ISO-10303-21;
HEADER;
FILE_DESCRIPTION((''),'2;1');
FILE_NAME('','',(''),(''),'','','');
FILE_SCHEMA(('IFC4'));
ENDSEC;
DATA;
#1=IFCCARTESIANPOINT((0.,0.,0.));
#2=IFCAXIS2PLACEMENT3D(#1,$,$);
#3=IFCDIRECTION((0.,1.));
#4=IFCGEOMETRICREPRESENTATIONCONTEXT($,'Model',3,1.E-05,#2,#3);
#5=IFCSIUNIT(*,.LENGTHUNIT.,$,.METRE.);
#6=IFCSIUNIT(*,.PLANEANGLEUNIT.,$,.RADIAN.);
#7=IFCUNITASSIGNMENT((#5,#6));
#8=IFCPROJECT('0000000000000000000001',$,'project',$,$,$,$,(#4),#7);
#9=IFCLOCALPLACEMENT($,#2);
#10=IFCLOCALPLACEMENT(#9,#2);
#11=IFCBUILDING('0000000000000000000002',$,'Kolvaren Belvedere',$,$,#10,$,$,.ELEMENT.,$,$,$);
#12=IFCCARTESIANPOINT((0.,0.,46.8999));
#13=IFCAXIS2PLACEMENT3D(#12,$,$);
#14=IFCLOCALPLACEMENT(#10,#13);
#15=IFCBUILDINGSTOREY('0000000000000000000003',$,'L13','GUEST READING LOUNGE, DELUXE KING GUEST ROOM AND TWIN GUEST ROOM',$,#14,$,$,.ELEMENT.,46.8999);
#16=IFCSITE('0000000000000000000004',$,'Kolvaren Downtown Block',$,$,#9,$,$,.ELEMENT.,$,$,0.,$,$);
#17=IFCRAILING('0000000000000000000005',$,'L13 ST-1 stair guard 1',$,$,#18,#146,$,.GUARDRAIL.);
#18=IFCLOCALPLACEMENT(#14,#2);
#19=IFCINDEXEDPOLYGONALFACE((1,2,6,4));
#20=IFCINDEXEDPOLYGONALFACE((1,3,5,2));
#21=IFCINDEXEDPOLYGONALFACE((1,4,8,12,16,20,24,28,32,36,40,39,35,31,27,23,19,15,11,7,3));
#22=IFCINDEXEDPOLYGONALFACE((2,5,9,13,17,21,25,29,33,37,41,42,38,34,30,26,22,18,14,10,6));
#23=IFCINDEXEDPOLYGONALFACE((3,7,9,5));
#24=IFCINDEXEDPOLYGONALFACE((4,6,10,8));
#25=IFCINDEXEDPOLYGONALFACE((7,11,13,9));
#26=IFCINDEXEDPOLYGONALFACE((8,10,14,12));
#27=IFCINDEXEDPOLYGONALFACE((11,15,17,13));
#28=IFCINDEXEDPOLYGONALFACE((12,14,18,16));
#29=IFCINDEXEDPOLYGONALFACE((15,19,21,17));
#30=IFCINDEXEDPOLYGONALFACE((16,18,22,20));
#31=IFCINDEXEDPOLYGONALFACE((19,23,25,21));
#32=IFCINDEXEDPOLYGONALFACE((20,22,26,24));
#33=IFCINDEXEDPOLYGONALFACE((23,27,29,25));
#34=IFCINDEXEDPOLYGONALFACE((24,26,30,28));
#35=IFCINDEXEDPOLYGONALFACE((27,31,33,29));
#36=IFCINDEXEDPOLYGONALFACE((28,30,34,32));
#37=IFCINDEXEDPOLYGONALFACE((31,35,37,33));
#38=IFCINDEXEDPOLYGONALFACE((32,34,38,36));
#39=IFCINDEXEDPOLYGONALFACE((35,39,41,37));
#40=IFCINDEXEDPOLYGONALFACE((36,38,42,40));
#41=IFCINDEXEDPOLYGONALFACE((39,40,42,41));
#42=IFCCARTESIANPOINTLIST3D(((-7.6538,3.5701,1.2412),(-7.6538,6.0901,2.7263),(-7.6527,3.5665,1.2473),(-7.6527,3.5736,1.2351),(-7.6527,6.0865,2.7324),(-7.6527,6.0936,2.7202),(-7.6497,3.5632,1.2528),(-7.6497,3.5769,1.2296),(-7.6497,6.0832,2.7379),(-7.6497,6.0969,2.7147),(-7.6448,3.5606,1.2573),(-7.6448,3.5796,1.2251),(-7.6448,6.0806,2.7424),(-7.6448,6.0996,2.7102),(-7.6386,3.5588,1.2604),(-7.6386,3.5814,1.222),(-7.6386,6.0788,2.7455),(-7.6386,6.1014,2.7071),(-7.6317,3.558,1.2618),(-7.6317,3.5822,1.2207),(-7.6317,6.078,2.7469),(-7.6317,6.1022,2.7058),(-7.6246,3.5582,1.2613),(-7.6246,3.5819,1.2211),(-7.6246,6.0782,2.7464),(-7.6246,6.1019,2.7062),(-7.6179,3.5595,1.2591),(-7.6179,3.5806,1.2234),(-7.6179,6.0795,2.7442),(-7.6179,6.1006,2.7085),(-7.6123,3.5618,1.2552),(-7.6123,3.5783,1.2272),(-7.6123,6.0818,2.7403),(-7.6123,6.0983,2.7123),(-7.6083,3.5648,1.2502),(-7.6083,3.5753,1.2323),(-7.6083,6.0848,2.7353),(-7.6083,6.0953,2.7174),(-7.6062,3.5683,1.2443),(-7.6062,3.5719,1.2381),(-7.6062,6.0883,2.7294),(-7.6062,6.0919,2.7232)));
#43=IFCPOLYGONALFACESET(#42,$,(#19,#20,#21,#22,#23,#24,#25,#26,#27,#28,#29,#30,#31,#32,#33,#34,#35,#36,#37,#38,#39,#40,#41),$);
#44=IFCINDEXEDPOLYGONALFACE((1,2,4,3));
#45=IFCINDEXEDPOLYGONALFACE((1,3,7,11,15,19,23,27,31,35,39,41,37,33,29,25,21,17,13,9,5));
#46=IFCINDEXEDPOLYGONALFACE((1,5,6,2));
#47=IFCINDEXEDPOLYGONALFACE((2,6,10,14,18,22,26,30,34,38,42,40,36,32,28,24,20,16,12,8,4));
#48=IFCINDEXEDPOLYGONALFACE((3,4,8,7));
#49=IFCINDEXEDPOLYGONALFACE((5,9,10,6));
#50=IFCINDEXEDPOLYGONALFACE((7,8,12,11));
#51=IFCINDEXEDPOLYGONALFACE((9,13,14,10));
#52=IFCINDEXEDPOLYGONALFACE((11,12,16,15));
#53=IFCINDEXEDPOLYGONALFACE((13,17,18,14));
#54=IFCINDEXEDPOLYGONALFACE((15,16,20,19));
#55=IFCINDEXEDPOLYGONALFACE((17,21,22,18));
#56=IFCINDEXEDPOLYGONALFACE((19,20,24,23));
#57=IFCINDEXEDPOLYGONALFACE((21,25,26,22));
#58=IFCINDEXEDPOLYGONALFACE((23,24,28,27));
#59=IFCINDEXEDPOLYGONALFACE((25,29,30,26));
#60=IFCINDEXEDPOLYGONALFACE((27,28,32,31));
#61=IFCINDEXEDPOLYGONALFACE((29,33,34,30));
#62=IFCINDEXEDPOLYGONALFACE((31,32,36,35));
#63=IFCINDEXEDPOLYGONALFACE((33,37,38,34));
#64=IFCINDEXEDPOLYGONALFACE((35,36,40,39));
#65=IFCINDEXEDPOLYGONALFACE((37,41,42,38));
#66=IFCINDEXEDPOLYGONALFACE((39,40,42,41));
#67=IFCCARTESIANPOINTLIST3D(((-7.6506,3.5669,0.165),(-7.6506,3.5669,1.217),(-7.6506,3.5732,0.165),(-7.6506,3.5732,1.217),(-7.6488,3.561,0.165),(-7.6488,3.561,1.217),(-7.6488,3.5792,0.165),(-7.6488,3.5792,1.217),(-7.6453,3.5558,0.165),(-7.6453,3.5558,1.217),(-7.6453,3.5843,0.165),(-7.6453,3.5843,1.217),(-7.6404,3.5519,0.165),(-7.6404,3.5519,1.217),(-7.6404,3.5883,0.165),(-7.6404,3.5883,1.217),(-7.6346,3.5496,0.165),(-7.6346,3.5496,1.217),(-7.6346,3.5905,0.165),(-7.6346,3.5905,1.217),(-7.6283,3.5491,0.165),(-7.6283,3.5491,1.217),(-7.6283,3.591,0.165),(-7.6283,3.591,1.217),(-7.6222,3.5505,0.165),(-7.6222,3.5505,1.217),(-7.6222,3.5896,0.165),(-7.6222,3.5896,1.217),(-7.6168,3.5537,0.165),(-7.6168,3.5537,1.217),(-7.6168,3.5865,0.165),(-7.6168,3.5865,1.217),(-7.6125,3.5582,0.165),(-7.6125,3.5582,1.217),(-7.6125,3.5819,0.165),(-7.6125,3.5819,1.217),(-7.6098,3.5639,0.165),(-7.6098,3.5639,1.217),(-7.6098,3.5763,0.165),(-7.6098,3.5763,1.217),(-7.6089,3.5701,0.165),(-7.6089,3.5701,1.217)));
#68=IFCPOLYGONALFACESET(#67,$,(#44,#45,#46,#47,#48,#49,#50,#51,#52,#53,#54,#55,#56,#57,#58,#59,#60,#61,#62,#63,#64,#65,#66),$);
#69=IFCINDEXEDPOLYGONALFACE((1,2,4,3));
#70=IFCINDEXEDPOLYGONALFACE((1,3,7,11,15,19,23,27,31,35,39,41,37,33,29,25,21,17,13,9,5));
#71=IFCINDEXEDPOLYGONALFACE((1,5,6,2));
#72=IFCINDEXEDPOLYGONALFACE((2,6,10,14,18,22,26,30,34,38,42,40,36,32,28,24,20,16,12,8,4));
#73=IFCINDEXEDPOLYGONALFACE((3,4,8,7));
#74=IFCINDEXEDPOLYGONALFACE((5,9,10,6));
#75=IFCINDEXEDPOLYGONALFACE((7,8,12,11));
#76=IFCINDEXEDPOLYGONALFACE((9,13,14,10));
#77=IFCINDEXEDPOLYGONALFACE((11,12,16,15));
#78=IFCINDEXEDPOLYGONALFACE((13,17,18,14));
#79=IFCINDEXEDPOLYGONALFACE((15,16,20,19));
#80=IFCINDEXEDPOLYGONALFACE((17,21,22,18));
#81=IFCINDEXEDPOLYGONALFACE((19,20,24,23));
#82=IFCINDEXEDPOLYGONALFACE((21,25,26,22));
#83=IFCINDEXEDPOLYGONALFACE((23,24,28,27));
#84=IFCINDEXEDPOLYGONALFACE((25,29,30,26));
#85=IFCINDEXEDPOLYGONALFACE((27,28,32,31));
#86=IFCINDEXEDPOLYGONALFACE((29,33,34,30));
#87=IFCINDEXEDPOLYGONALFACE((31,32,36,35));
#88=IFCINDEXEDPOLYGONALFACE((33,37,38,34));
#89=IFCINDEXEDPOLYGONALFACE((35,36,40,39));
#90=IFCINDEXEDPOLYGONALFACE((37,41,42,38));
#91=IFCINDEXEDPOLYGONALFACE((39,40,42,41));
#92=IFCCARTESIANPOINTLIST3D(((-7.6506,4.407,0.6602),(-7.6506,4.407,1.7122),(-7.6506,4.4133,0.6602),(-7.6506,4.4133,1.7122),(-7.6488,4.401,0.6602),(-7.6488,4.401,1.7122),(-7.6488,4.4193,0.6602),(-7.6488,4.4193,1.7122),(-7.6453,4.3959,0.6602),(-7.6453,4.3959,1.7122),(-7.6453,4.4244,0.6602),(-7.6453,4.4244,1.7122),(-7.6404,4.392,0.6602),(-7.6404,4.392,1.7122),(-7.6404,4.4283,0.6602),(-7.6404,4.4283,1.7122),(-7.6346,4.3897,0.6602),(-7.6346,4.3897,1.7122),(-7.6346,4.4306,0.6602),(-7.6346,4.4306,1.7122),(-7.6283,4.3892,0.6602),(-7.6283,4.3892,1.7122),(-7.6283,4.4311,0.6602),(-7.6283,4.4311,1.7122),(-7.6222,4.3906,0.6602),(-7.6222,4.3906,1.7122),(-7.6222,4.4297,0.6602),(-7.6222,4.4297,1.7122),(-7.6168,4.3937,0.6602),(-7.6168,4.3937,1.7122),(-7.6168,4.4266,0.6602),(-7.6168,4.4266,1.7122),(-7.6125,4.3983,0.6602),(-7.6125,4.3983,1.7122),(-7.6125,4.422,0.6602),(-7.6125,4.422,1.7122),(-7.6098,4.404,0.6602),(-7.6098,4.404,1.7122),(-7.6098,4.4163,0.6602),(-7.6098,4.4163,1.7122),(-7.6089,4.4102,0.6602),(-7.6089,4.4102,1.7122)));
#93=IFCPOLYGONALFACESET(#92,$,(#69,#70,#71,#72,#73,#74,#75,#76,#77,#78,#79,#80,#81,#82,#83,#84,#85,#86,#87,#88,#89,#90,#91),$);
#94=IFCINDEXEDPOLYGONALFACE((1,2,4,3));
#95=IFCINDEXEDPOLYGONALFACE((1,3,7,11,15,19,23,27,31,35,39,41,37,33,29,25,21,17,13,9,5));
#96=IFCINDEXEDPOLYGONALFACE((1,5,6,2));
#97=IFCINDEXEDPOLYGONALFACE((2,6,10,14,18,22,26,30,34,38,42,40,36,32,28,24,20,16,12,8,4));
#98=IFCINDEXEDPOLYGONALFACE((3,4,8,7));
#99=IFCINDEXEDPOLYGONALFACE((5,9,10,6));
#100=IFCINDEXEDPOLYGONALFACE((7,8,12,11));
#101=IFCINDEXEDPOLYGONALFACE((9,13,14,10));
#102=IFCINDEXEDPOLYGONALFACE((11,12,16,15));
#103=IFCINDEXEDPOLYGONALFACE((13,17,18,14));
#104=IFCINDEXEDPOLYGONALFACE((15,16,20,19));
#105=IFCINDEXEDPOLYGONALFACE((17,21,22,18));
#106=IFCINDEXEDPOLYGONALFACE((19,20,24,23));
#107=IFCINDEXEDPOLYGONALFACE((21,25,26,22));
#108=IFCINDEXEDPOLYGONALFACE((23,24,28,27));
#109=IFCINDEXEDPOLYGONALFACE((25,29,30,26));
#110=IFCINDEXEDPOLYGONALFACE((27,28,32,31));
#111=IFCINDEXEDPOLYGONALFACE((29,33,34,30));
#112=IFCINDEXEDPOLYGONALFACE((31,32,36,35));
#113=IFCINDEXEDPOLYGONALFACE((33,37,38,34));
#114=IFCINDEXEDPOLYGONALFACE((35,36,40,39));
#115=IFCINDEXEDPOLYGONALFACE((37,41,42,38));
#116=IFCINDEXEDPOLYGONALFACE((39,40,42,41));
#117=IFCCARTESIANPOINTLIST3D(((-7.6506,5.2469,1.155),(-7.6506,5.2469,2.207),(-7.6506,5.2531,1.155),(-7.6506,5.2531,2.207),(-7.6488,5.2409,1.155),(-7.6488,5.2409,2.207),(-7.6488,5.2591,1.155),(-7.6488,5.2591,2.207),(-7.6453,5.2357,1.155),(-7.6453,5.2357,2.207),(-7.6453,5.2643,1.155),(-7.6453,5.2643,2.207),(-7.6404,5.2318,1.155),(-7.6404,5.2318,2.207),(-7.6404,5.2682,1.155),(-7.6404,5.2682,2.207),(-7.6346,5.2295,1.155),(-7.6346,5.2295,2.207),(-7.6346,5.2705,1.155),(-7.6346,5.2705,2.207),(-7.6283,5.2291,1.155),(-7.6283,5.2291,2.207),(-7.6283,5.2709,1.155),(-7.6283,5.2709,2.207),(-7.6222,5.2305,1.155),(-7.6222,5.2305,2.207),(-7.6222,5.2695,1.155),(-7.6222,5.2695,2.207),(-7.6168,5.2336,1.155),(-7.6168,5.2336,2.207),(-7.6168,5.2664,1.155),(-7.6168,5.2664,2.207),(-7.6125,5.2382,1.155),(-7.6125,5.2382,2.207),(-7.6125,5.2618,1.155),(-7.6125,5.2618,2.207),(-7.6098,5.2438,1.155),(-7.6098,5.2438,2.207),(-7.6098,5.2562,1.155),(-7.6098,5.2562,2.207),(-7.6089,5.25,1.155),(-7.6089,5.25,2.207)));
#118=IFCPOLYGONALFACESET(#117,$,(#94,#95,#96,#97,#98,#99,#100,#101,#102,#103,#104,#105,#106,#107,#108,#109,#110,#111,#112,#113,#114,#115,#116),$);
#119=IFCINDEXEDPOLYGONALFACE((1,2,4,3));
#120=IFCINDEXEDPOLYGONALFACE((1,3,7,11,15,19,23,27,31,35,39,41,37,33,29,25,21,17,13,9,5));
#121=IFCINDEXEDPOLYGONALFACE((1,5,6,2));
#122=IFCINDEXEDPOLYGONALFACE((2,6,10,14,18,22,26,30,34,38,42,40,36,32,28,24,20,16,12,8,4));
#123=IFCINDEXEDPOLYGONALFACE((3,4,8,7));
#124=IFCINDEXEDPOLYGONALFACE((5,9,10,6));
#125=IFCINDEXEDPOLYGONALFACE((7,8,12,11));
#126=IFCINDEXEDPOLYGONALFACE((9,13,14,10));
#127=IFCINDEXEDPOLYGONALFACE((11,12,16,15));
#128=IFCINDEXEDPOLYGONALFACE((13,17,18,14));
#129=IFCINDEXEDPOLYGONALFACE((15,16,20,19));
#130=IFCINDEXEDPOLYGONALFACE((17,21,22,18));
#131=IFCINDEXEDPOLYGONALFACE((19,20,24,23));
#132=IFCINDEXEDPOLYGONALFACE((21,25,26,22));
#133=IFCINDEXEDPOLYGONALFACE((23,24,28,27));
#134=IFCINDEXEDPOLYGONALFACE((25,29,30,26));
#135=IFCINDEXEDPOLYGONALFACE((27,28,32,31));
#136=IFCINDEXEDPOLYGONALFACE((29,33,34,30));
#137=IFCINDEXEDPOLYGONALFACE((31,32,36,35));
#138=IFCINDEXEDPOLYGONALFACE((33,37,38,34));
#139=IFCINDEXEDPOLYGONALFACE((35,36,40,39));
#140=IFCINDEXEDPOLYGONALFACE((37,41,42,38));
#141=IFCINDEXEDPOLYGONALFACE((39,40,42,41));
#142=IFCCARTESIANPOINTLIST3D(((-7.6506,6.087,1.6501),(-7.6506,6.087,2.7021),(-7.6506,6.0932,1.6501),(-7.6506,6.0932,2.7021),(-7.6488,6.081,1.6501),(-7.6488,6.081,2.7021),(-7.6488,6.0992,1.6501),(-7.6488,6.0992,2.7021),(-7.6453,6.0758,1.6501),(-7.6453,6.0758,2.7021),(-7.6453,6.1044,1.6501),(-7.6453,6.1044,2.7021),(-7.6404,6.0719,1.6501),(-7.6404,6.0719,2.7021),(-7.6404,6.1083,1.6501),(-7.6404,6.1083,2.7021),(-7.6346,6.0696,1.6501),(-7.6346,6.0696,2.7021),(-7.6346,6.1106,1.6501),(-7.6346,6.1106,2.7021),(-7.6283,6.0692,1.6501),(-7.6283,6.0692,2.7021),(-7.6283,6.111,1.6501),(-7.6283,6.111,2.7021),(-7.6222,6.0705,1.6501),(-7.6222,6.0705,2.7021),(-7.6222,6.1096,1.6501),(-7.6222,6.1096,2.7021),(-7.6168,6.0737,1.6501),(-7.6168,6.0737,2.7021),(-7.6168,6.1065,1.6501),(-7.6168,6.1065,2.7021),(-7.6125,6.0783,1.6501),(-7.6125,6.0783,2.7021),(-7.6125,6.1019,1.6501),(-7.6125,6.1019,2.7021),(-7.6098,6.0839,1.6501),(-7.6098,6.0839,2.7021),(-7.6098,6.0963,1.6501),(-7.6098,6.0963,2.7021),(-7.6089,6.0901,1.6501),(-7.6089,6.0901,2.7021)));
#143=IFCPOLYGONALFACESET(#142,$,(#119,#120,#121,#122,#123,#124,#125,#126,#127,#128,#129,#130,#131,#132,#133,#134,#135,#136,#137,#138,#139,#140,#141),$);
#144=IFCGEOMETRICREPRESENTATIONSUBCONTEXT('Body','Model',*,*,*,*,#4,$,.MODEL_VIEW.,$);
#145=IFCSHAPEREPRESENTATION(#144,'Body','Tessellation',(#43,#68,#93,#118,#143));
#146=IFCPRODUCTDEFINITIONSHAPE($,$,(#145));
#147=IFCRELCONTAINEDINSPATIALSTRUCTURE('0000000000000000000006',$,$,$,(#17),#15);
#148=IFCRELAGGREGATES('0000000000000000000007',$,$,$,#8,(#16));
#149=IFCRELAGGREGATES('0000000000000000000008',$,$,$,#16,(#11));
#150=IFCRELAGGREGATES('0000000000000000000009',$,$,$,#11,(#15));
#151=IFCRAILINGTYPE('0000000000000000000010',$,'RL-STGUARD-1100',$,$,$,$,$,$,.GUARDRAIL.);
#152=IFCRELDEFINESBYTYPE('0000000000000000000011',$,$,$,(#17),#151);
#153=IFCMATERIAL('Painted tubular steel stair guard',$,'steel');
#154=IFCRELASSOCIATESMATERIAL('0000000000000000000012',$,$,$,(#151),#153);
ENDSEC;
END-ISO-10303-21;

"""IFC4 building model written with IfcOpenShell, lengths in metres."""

from ifc_helpers import new_model, si_unit, direction, frame, origin, origin_2d, place, context, subcontext, project, spatial, circle, extrude, material, type_object, element, save


model = new_model("IFC4")

# Units and contexts
model_context = context("Model", 3, precision=1e-05, world=origin(), true_north=direction((0.0, 1.0)))
body_context = subcontext(model_context, "Body", "Model", "MODEL_VIEW")
ifc_project = project(units=[si_unit("LENGTHUNIT", "METRE"), si_unit("PLANEANGLEUNIT", "RADIAN")], contexts=[model_context])

# Site, building, storey
site_placement = place(None, origin())
site = spatial("IfcSite", under=ifc_project, at=site_placement, Name="Kolvaren Downtown Block", CompositionType="ELEMENT", RefElevation=0.0)
building_placement = place(site_placement, origin())
building = spatial("IfcBuilding", under=site, at=building_placement, Name="Kolvaren Belvedere", CompositionType="ELEMENT")
storey_placement = place(building_placement, frame((0.0, 0.0, 46.8999)))
storey = spatial("IfcBuildingStorey", under=building, at=storey_placement, Name="L13", Description="GUEST READING LOUNGE, DELUXE KING GUEST ROOM AND TWIN GUEST ROOM", CompositionType="ELEMENT", Elevation=46.8999)

# Railing
ifc_material_1 = material(Name="Painted tubular steel stair guard", Category="steel")
railing_type_1 = type_object("IfcRailingType", Name="RL-STGUARD-1100", PredefinedType="GUARDRAIL", material=ifc_material_1)
railing_1_placement = place(storey_placement, frame((-7.6299, 3.5701, 0.165)))
element("IfcRailing", 1, at=railing_1_placement, inside=storey, type_object=railing_type_1, Name="L13 ST-1 stair guard 1", PredefinedType="GUARDRAIL", context=body_context, shape_type="SweptSolid", body=[
    extrude(circle(Radius=0.0239, at=origin_2d()), frame((0.0, 0.0, 1.0762), z_axis=(0.0, 0.861524, 0.507717), x_axis=(-1.0, 0.0, 0.0)), (0.0, 0.0, 1.0), 2.925),
    extrude(circle(Radius=0.021, at=origin_2d()), origin(), (0.0, 0.0, 1.0), 1.052),
    extrude(circle(Radius=0.021, at=origin_2d()), frame((0.0, 0.8401, 0.4951)), (0.0, 0.0, 1.0), 1.052),
    extrude(circle(Radius=0.021, at=origin_2d()), frame((0.0, 1.6799, 0.99)), (0.0, 0.0, 1.0), 1.052),
    extrude(circle(Radius=0.021, at=origin_2d()), frame((0.0, 2.52, 1.4851)), (0.0, 0.0, 1.0), 1.052),
])

save(model, "model.ifc")
